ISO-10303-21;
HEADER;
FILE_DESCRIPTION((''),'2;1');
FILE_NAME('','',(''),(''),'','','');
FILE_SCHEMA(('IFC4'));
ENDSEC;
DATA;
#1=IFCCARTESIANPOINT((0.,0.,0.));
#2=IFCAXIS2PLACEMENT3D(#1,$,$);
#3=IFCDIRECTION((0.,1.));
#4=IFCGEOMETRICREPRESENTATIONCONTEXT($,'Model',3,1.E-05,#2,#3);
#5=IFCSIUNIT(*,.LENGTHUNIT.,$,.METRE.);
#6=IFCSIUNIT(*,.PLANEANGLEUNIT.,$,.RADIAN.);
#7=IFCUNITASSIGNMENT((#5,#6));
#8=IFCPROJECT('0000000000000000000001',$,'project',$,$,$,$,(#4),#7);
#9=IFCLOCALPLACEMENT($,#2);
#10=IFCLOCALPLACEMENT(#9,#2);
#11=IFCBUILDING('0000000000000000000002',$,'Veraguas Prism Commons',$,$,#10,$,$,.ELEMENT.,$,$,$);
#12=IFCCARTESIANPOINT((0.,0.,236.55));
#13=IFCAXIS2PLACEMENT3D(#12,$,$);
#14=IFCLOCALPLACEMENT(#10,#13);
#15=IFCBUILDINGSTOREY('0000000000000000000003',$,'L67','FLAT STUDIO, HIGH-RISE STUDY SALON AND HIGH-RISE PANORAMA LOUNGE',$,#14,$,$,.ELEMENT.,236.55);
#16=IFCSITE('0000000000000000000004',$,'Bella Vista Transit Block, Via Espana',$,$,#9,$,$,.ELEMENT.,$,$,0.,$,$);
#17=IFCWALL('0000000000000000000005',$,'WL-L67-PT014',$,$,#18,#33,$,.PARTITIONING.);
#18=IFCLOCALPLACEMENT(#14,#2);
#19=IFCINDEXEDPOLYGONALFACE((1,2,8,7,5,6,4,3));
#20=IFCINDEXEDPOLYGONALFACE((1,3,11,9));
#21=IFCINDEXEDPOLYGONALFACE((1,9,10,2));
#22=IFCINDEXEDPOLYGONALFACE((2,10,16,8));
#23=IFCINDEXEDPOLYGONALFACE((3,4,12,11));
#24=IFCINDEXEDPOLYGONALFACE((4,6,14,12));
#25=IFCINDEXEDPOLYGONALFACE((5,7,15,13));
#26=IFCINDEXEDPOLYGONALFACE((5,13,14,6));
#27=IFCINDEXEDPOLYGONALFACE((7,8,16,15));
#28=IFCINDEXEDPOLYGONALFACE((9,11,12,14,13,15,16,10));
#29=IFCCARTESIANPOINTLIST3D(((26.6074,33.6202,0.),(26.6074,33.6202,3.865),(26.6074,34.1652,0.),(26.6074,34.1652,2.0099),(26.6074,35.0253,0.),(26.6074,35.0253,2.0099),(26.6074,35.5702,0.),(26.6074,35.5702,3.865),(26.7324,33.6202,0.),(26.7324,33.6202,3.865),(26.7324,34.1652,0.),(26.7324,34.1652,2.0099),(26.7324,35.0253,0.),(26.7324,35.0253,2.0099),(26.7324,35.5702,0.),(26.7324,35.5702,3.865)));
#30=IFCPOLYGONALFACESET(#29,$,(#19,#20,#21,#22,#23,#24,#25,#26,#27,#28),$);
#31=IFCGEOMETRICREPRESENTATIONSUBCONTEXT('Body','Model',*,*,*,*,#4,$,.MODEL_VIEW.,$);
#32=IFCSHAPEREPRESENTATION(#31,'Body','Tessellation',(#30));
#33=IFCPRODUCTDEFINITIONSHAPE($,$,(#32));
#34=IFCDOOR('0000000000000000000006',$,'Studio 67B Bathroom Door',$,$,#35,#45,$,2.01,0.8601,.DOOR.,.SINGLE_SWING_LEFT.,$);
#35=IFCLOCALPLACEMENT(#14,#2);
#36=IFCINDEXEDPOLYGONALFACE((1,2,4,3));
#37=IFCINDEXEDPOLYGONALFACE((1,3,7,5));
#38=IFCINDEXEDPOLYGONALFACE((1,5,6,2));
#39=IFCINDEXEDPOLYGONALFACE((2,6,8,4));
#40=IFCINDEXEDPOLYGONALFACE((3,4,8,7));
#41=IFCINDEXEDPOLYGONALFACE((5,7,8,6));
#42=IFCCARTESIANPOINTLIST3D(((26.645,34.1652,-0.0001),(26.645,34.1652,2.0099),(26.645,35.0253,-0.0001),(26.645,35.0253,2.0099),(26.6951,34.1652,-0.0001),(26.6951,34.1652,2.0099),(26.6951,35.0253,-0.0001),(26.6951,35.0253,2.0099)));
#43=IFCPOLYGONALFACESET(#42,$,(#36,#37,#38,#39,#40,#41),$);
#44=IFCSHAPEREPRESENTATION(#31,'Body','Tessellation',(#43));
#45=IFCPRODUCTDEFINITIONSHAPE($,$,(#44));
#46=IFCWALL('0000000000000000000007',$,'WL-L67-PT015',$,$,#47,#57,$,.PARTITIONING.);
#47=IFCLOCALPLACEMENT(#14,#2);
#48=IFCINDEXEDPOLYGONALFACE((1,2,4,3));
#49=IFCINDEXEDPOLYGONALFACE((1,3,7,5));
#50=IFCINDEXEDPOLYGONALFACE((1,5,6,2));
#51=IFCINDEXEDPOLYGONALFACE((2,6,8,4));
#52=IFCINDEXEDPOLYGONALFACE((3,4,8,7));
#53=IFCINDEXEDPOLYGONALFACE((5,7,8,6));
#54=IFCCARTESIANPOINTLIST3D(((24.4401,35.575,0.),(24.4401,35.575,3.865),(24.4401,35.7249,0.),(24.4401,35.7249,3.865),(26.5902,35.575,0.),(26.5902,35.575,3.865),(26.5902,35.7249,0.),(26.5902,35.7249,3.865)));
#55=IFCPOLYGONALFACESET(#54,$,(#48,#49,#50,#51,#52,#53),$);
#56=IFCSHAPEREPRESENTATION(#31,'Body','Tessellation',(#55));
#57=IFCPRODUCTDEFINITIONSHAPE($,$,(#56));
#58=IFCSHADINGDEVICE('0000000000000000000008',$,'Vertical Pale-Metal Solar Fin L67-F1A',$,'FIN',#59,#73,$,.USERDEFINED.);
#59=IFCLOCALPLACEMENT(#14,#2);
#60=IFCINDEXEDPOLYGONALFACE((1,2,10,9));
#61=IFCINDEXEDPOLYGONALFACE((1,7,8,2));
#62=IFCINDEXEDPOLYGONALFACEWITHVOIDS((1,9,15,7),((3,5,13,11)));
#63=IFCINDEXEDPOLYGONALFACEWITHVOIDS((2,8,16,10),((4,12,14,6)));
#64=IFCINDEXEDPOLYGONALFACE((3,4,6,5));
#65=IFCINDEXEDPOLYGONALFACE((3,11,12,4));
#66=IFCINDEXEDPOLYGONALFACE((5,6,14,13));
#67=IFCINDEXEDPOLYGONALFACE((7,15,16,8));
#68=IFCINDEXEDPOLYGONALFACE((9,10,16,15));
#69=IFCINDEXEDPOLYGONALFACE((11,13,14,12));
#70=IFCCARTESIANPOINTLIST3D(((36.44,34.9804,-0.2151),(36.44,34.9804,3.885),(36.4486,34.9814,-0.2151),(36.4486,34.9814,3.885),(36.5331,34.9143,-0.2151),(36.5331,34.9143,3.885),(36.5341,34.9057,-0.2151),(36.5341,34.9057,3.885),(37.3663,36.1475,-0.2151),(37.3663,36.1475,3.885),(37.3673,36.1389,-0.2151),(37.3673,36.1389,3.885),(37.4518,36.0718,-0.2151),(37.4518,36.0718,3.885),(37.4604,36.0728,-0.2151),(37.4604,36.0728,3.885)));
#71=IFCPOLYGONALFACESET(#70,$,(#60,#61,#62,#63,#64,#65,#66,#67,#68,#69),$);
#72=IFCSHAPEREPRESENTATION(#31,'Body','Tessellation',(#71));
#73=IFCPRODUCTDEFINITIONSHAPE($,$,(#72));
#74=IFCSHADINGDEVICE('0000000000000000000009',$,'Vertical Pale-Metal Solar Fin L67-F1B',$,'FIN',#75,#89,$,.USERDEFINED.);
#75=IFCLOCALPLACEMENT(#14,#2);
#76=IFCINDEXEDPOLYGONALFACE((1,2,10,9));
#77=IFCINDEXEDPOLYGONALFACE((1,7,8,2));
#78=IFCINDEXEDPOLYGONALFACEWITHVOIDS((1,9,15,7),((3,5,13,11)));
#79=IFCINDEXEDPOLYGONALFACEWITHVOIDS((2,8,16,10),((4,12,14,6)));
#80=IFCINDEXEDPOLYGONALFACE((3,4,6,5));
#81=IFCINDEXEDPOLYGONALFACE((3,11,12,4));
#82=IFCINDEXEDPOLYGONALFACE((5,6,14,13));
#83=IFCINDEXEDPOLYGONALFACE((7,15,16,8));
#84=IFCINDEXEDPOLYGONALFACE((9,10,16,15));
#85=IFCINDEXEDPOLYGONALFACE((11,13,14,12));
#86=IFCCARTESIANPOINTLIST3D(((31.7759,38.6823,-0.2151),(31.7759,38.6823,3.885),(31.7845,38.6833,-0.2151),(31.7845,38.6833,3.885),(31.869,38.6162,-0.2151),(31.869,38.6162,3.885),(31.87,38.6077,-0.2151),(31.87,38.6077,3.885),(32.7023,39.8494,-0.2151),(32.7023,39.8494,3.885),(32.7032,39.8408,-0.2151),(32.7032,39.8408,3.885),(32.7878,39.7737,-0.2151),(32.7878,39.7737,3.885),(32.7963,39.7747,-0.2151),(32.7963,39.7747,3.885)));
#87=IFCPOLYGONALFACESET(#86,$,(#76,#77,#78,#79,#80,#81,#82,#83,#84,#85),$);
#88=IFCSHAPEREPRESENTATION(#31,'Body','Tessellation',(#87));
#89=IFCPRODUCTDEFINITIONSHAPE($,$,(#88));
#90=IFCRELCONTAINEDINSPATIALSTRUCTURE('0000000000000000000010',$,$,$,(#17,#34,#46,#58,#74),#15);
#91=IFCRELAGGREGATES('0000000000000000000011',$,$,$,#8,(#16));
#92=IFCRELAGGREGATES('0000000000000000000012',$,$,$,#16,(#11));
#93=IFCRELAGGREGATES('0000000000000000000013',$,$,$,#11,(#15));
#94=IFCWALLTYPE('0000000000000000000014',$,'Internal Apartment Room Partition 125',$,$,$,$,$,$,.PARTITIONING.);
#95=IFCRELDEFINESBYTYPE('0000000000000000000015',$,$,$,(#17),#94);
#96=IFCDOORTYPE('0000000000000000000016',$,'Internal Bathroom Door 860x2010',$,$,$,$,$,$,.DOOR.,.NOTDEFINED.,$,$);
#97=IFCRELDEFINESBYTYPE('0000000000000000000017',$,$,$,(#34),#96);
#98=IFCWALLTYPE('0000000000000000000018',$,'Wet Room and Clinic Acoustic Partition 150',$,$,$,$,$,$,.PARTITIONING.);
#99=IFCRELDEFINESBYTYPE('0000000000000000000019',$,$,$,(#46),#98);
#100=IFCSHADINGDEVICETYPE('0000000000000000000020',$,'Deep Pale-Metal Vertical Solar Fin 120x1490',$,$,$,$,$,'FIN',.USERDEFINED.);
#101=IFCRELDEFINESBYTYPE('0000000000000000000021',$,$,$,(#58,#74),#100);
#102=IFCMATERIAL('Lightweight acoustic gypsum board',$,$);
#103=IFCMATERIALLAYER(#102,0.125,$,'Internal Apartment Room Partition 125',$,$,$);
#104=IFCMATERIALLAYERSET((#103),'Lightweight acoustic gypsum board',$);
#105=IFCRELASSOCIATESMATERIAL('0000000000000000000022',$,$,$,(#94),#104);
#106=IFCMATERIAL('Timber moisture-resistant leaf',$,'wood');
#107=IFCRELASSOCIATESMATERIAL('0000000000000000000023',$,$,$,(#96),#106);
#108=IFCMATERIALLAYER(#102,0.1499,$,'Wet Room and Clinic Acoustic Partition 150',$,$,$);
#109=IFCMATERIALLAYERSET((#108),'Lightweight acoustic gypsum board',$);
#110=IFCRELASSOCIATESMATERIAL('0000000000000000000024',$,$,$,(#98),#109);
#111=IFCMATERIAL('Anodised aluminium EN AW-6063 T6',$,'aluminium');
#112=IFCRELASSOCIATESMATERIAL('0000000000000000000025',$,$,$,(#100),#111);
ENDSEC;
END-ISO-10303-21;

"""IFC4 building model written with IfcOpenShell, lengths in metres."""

from ifc_helpers import new_model, si_unit, direction, frame, frame_2d, origin, origin_2d, place, context, subcontext, project, spatial, rectangle, hollow_rectangle, extrude, source, transform, mapped, material, layer, layer_set, material_profile, profile_set, type_object, element, fill, save


model = new_model("IFC4")

# Units and contexts
model_context = context("Model", 3, precision=1e-05, world=origin(), true_north=direction((0.0, 1.0)))
body_context = subcontext(model_context, "Body", "Model", "MODEL_VIEW")
ifc_project = project(units=[si_unit("LENGTHUNIT", "METRE"), si_unit("PLANEANGLEUNIT", "RADIAN")], contexts=[model_context])

# Site, building, storey
site_placement = place(None, origin())
site = spatial("IfcSite", under=ifc_project, at=site_placement, Name="Bella Vista Transit Block, Via Espana", CompositionType="ELEMENT", RefElevation=0.0)
building_placement = place(site_placement, origin())
building = spatial("IfcBuilding", under=site, at=building_placement, Name="Veraguas Prism Commons", CompositionType="ELEMENT")
storey_placement = place(building_placement, frame((0.0, 0.0, 236.55)))
storey = spatial("IfcBuildingStorey", under=building, at=storey_placement, Name="L67", Description="FLAT STUDIO, HIGH-RISE STUDY SALON AND HIGH-RISE PANORAMA LOUNGE", CompositionType="ELEMENT", Elevation=236.55)

# Shared definitions
ifc_material_1 = material(Name="Anodised aluminium EN AW-6063 T6", Category="aluminium")

# Wall, opening, door
ifc_material_2 = material(Name="Lightweight acoustic gypsum board")
ifc_layer_1 = layer(ifc_material_2, 0.125, Name="Internal Apartment Room Partition 125")
ifc_layer_set_1 = layer_set([ifc_layer_1], Name="Lightweight acoustic gypsum board")
wall_type_1 = type_object("IfcWallType", Name="Internal Apartment Room Partition 125", PredefinedType="PARTITIONING", material=ifc_layer_set_1)
wall_1_placement = place(storey_placement, frame((26.6699, 33.6201, 0.0), z_axis=(0.0, 0.0, 1.0), x_axis=(0.0, 1.0, 0.0)))
wall_1 = element("IfcWall", 1, at=wall_1_placement, inside=storey, type_object=wall_type_1, Name="WL-L67-PT014", PredefinedType="PARTITIONING", context=body_context, shape_type="SweptSolid", body=[
    extrude(rectangle(XDim=1.95, YDim=0.125, at=frame_2d((0.9751, 0.0))), origin(), (0.0, 0.0, 1.0), 3.865),
])
opening_1_placement = place(wall_1_placement, frame((0.5449, 0.0, 0.0)))
opening_1 = element("IfcOpeningElement", 2, at=opening_1_placement, cuts=wall_1, PredefinedType="OPENING", context=body_context, shape_type="SweptSolid", body=[
    extrude(rectangle(XDim=0.8601, YDim=2.01, at=frame_2d((0.4302, 1.0049))), frame((0.0, 0.0725, 0.0), z_axis=(0.0, -1.0, 0.0), x_axis=(1.0, 0.0, 0.0)), (0.0, 0.0, 1.0), 0.145),
])
ifc_material_3 = material(Name="Timber moisture-resistant leaf", Category="wood")
door_type_1 = type_object("IfcDoorType", Name="Internal Bathroom Door 860x2010", OperationType="NOTDEFINED", PredefinedType="DOOR", material=ifc_material_3)
shared_shape_1 = source(origin(), body_context, "Body", "SweptSolid", [
    extrude(rectangle(XDim=0.8601, YDim=2.01, at=frame_2d((0.4302, 1.0049))), frame((0.0, 0.0249, 0.0), z_axis=(0.0, -1.0, 0.0), x_axis=(1.0, 0.0, 0.0)), (0.0, 0.0, 1.0), 0.05),
])
door_1_placement = place(opening_1_placement, origin())
door_1 = element("IfcDoor", 3, at=door_1_placement, inside=storey, type_object=door_type_1, Name="Studio 67B Bathroom Door", OperationType="SINGLE_SWING_LEFT", OverallHeight=2.01, OverallWidth=0.8601, PredefinedType="DOOR", context=body_context, shape_type="MappedRepresentation", body=[
    mapped(shared_shape_1, transform((0.0, 0.0, 0.0), scale=1.0)),
])
fill(opening_1, door_1)

# Wall
ifc_layer_2 = layer(ifc_material_2, 0.1499, Name="Wet Room and Clinic Acoustic Partition 150")
ifc_layer_set_2 = layer_set([ifc_layer_2], Name="Lightweight acoustic gypsum board")
wall_type_2 = type_object("IfcWallType", Name="Wet Room and Clinic Acoustic Partition 150", PredefinedType="PARTITIONING", material=ifc_layer_set_2)
wall_2_placement = place(storey_placement, frame((24.4399, 35.6499, 0.0), z_axis=(0.0, 0.0, 1.0), x_axis=(1.0, 0.0, 0.0)))
element("IfcWall", 4, at=wall_2_placement, inside=storey, type_object=wall_type_2, Name="WL-L67-PT015", PredefinedType="PARTITIONING", context=body_context, shape_type="SweptSolid", body=[
    extrude(rectangle(XDim=2.1501, YDim=0.1499, at=frame_2d((1.0752, 0.0))), origin(), (0.0, 0.0, 1.0), 3.865),
])

# Shading devices
ifc_material_profile_1 = material_profile(ifc_material_1, hollow_rectangle(XDim=0.1201, YDim=1.49, WallThickness=0.0061, at=origin_2d()), Name="FIN120X1490X6")
ifc_profile_set_1 = profile_set([ifc_material_profile_1], Name="Anodised aluminium EN AW-6063 T6")
shading_device_type = type_object("IfcShadingDeviceType", Name="Deep Pale-Metal Vertical Solar Fin 120x1490", ElementType="FIN", PredefinedType="USERDEFINED", material=ifc_profile_set_1)
for number, where, z_axis, x_axis, name in (
    (5, (36.9502, 35.5266, -0.2151), (0.0, 0.0, 1.0), (-0.78326, 0.621695, 0.0), "Vertical Pale-Metal Solar Fin L67-F1A"),
    (6, (32.2861, 39.2285, -0.2151), (0.0, 0.0, 1.0), (-0.78326, 0.621695, 0.0), "Vertical Pale-Metal Solar Fin L67-F1B"),
):
    element("IfcShadingDevice", number, at=place(storey_placement, frame(where, z_axis=z_axis, x_axis=x_axis)), inside=storey, type_object=shading_device_type, Name=name, ObjectType="FIN", PredefinedType="USERDEFINED", context=body_context, shape_type="SweptSolid", body=[
        extrude(hollow_rectangle(XDim=0.1201, YDim=1.49, WallThickness=0.0061, at=origin_2d()), origin(), (0.0, 0.0, 1.0), 4.1001),
    ])

save(model, "model.ifc")
